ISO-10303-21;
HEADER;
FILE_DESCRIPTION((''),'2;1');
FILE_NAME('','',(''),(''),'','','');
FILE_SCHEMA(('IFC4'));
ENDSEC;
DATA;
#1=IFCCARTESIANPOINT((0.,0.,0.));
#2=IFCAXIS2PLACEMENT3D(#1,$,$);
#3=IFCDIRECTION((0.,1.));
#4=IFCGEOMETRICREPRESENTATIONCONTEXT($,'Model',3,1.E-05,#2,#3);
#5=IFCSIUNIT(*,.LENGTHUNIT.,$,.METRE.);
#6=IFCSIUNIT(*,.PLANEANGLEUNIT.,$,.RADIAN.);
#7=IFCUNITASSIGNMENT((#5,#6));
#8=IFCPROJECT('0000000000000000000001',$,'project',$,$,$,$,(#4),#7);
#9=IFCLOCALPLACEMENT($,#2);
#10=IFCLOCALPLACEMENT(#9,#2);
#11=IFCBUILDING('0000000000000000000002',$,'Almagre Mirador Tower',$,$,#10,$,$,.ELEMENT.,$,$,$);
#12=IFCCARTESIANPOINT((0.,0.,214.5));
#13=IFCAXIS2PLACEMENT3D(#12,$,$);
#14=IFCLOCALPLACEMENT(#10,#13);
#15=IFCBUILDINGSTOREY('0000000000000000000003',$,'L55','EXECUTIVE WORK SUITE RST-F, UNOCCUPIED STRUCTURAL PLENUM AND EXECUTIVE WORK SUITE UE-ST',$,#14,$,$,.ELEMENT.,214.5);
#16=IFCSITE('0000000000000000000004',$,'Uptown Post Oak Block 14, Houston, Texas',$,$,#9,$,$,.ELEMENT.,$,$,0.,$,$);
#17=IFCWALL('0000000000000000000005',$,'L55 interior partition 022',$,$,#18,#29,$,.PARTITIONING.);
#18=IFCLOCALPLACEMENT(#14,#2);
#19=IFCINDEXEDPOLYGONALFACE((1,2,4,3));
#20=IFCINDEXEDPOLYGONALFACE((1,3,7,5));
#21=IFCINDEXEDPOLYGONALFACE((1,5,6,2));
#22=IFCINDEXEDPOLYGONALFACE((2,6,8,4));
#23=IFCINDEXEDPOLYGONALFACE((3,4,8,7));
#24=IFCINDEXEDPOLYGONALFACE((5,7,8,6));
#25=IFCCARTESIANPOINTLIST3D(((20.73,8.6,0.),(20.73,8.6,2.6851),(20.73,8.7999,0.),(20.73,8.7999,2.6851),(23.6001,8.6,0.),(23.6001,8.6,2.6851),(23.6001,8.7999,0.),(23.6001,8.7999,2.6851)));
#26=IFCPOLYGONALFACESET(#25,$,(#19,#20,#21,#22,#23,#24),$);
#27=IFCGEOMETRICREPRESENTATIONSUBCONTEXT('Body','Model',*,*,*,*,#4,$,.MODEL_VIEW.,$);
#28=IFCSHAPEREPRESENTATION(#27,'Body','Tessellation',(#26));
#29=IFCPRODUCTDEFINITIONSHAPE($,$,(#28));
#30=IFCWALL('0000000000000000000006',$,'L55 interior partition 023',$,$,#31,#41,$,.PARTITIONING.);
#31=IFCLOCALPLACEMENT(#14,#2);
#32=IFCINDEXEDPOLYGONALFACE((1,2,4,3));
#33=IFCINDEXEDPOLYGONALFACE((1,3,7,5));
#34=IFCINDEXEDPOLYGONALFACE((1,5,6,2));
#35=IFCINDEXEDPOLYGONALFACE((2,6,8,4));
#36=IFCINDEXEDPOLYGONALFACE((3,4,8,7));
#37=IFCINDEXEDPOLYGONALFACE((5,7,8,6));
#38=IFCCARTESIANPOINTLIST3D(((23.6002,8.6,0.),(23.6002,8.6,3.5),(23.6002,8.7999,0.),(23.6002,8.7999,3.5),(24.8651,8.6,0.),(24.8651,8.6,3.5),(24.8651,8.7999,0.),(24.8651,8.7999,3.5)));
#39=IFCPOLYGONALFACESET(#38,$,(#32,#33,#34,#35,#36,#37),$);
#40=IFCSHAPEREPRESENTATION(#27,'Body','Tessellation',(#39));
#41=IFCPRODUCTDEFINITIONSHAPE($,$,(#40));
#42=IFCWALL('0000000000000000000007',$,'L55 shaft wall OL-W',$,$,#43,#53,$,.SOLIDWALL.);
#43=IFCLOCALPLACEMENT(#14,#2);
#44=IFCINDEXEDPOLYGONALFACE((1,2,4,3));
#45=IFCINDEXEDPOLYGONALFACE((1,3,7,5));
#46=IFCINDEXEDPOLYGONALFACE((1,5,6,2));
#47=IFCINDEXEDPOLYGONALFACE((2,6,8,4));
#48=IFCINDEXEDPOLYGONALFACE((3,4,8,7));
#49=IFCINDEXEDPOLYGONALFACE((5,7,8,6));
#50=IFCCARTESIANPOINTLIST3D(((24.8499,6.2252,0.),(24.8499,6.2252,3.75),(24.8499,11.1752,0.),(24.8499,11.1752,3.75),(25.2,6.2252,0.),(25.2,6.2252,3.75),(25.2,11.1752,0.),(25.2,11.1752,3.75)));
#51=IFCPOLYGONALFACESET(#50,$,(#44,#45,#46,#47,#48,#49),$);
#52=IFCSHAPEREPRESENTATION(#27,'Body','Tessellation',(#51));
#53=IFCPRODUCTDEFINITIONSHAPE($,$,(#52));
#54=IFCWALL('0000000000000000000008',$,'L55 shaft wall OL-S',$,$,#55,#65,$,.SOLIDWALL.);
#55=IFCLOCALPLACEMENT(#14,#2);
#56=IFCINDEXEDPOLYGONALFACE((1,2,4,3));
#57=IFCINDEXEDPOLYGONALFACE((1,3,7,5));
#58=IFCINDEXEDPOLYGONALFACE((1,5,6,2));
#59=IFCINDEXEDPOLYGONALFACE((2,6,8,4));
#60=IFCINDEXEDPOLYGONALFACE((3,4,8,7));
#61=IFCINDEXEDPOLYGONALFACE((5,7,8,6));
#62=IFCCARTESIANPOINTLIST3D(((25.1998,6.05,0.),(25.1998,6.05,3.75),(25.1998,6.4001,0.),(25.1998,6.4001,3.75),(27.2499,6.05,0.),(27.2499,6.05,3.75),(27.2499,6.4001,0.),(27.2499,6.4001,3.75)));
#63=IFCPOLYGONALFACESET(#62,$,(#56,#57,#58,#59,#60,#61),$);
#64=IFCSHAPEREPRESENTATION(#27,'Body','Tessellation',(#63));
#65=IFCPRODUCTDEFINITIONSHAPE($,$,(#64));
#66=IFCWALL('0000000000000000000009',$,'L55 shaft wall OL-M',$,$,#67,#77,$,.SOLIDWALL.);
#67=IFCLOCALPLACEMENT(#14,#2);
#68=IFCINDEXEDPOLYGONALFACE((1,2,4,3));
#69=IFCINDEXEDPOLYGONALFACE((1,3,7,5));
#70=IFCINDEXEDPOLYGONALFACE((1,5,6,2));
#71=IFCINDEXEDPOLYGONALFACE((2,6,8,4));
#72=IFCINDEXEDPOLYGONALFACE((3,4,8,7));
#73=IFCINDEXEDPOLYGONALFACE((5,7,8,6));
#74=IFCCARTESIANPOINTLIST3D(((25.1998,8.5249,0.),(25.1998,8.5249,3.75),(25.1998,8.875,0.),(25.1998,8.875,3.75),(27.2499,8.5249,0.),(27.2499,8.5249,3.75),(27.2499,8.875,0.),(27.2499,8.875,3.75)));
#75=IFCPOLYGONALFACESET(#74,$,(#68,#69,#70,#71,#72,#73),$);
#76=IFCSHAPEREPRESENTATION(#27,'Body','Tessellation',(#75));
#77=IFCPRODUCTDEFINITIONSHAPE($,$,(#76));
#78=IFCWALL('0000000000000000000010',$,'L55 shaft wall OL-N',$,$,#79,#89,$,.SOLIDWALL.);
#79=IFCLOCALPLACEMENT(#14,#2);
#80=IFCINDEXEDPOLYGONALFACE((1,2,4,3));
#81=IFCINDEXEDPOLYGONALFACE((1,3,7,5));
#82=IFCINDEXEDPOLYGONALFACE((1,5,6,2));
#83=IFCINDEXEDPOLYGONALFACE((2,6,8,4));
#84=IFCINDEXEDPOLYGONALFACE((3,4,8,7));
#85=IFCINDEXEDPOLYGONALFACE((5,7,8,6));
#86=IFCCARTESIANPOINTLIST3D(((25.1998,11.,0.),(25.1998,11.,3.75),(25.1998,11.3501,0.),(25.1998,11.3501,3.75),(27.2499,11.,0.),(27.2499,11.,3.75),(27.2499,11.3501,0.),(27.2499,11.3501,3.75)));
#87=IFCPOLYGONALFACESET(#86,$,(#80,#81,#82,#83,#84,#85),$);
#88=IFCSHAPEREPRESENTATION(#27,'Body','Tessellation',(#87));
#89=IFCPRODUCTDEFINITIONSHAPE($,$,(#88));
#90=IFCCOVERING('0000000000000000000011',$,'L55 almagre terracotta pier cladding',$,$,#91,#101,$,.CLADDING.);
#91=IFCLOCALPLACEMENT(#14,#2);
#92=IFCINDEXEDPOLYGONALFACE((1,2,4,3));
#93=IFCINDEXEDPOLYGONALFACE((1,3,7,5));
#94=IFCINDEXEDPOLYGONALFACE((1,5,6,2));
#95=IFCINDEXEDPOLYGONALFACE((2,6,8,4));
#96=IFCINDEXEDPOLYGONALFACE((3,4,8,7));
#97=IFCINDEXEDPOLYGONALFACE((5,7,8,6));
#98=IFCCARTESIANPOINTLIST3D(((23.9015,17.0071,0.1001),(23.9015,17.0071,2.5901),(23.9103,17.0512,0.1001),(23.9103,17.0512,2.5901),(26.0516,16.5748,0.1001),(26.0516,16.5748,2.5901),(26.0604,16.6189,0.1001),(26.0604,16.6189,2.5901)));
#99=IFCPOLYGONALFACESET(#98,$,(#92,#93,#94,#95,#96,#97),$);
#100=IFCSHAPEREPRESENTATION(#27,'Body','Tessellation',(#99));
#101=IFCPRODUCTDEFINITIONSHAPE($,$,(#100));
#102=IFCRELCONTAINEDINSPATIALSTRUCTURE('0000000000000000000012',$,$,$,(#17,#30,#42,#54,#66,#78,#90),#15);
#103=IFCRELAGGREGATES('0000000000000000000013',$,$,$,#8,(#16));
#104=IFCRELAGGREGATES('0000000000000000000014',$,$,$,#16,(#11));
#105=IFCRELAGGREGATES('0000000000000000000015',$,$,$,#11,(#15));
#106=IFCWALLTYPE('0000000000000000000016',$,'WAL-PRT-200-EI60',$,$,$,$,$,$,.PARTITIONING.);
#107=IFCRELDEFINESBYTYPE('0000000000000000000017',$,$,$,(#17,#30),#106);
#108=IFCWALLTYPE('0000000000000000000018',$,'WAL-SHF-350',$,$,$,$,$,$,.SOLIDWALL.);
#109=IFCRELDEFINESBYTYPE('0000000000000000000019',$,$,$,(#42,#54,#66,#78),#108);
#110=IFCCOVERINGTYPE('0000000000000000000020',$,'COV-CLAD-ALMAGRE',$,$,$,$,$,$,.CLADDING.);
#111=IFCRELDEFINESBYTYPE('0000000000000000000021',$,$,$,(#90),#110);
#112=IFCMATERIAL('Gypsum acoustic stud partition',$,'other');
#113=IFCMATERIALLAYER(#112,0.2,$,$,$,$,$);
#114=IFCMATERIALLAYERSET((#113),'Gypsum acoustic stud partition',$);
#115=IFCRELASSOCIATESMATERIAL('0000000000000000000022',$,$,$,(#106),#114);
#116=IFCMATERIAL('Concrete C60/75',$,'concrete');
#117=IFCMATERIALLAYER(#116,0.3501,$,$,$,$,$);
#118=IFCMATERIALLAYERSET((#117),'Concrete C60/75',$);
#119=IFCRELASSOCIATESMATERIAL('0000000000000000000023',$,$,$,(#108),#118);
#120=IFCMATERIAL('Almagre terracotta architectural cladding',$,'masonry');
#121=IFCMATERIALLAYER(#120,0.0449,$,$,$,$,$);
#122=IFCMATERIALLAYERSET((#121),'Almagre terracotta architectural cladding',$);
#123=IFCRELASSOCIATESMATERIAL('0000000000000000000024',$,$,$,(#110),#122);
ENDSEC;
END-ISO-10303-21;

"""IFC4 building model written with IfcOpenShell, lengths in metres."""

from ifc_helpers import new_model, si_unit, direction, frame, frame_2d, origin, origin_2d, place, context, subcontext, project, spatial, rectangle, extrude, material, layer, layer_set, type_object, element, save


model = new_model("IFC4")

# Units and contexts
model_context = context("Model", 3, precision=1e-05, world=origin(), true_north=direction((0.0, 1.0)))
body_context = subcontext(model_context, "Body", "Model", "MODEL_VIEW")
ifc_project = project(units=[si_unit("LENGTHUNIT", "METRE"), si_unit("PLANEANGLEUNIT", "RADIAN")], contexts=[model_context])

# Site, building, storey
site_placement = place(None, origin())
site = spatial("IfcSite", under=ifc_project, at=site_placement, Name="Uptown Post Oak Block 14, Houston, Texas", CompositionType="ELEMENT", RefElevation=0.0)
building_placement = place(site_placement, origin())
building = spatial("IfcBuilding", under=site, at=building_placement, Name="Almagre Mirador Tower", CompositionType="ELEMENT")
storey_placement = place(building_placement, frame((0.0, 0.0, 214.5)))
storey = spatial("IfcBuildingStorey", under=building, at=storey_placement, Name="L55", Description="EXECUTIVE WORK SUITE RST-F, UNOCCUPIED STRUCTURAL PLENUM AND EXECUTIVE WORK SUITE UE-ST", CompositionType="ELEMENT", Elevation=214.5)

# Walls
ifc_material_1 = material(Name="Gypsum acoustic stud partition", Category="other")
ifc_layer_1 = layer(ifc_material_1, 0.2)
ifc_layer_set_1 = layer_set([ifc_layer_1], Name="Gypsum acoustic stud partition")
wall_type_1 = type_object("IfcWallType", Name="WAL-PRT-200-EI60", PredefinedType="PARTITIONING", material=ifc_layer_set_1)
wall_1_placement = place(storey_placement, frame((23.6001, 8.7, 0.0), z_axis=(0.0, 0.0, 1.0), x_axis=(-1.0, 0.0, 0.0)))
element("IfcWall", 1, at=wall_1_placement, inside=storey, type_object=wall_type_1, Name="L55 interior partition 022", PredefinedType="PARTITIONING", context=body_context, shape_type="SweptSolid", body=[
    extrude(rectangle(XDim=2.8701, YDim=0.2, at=frame_2d((1.4351, 0.0))), origin(), (0.0, 0.0, 1.0), 2.6851),
])
wall_2_placement = place(storey_placement, frame((24.865, 8.7, 0.0), z_axis=(0.0, 0.0, 1.0), x_axis=(-1.0, 0.0, 0.0)))
element("IfcWall", 2, at=wall_2_placement, inside=storey, type_object=wall_type_1, Name="L55 interior partition 023", PredefinedType="PARTITIONING", context=body_context, shape_type="SweptSolid", body=[
    extrude(rectangle(XDim=1.2649, YDim=0.2, at=frame_2d((0.6323, 0.0))), origin(), (0.0, 0.0, 1.0), 3.5),
])
ifc_material_2 = material(Name="Concrete C60/75", Category="concrete")
ifc_layer_2 = layer(ifc_material_2, 0.3501)
ifc_layer_set_2 = layer_set([ifc_layer_2], Name="Concrete C60/75")
wall_type_2 = type_object("IfcWallType", Name="WAL-SHF-350", PredefinedType="SOLIDWALL", material=ifc_layer_set_2)
wall_3_placement = place(storey_placement, frame((25.0249, 6.2251, 0.0), z_axis=(0.0, 0.0, 1.0), x_axis=(0.0, 1.0, 0.0)))
element("IfcWall", 3, at=wall_3_placement, inside=storey, type_object=wall_type_2, Name="L55 shaft wall OL-W", PredefinedType="SOLIDWALL", context=body_context, shape_type="SweptSolid", body=[
    extrude(rectangle(XDim=4.95, YDim=0.3501, at=frame_2d((2.4751, 0.0))), origin(), (0.0, 0.0, 1.0), 3.75),
])
for number, where, z_axis, x_axis, name in (
    (4, (25.2, 6.2251, 0.0), (0.0, 0.0, 1.0), (1.0, 0.0, 0.0), "L55 shaft wall OL-S"),
    (5, (25.2, 8.7, 0.0), (0.0, 0.0, 1.0), (1.0, 0.0, 0.0), "L55 shaft wall OL-M"),
    (6, (25.2, 11.175, 0.0), (0.0, 0.0, 1.0), (1.0, 0.0, 0.0), "L55 shaft wall OL-N"),
):
    element("IfcWall", number, at=place(storey_placement, frame(where, z_axis=z_axis, x_axis=x_axis)), inside=storey, type_object=wall_type_2, Name=name, PredefinedType="SOLIDWALL", context=body_context, shape_type="SweptSolid", body=[
        extrude(rectangle(XDim=2.05, YDim=0.3501, at=frame_2d((1.0249, 0.0))), origin(), (0.0, 0.0, 1.0), 3.75),
    ])

# Covering
ifc_material_3 = material(Name="Almagre terracotta architectural cladding", Category="masonry")
ifc_layer_3 = layer(ifc_material_3, 0.0449)
ifc_layer_set_3 = layer_set([ifc_layer_3], Name="Almagre terracotta architectural cladding")
covering_type = type_object("IfcCoveringType", Name="COV-CLAD-ALMAGRE", PredefinedType="CLADDING", material=ifc_layer_set_3)
covering_placement = place(storey_placement, frame((24.981, 16.813, 0.1001), z_axis=(0.0, 0.0, 1.0), x_axis=(0.980381, -0.19711, 0.0)))
element("IfcCovering", 7, at=covering_placement, inside=storey, type_object=covering_type, Name="L55 almagre terracotta pier cladding", PredefinedType="CLADDING", context=body_context, shape_type="SweptSolid", body=[
    extrude(rectangle(XDim=2.1931, YDim=0.0449, at=origin_2d()), origin(), (0.0, 0.0, 1.0), 2.49),
])

save(model, "model.ifc")
